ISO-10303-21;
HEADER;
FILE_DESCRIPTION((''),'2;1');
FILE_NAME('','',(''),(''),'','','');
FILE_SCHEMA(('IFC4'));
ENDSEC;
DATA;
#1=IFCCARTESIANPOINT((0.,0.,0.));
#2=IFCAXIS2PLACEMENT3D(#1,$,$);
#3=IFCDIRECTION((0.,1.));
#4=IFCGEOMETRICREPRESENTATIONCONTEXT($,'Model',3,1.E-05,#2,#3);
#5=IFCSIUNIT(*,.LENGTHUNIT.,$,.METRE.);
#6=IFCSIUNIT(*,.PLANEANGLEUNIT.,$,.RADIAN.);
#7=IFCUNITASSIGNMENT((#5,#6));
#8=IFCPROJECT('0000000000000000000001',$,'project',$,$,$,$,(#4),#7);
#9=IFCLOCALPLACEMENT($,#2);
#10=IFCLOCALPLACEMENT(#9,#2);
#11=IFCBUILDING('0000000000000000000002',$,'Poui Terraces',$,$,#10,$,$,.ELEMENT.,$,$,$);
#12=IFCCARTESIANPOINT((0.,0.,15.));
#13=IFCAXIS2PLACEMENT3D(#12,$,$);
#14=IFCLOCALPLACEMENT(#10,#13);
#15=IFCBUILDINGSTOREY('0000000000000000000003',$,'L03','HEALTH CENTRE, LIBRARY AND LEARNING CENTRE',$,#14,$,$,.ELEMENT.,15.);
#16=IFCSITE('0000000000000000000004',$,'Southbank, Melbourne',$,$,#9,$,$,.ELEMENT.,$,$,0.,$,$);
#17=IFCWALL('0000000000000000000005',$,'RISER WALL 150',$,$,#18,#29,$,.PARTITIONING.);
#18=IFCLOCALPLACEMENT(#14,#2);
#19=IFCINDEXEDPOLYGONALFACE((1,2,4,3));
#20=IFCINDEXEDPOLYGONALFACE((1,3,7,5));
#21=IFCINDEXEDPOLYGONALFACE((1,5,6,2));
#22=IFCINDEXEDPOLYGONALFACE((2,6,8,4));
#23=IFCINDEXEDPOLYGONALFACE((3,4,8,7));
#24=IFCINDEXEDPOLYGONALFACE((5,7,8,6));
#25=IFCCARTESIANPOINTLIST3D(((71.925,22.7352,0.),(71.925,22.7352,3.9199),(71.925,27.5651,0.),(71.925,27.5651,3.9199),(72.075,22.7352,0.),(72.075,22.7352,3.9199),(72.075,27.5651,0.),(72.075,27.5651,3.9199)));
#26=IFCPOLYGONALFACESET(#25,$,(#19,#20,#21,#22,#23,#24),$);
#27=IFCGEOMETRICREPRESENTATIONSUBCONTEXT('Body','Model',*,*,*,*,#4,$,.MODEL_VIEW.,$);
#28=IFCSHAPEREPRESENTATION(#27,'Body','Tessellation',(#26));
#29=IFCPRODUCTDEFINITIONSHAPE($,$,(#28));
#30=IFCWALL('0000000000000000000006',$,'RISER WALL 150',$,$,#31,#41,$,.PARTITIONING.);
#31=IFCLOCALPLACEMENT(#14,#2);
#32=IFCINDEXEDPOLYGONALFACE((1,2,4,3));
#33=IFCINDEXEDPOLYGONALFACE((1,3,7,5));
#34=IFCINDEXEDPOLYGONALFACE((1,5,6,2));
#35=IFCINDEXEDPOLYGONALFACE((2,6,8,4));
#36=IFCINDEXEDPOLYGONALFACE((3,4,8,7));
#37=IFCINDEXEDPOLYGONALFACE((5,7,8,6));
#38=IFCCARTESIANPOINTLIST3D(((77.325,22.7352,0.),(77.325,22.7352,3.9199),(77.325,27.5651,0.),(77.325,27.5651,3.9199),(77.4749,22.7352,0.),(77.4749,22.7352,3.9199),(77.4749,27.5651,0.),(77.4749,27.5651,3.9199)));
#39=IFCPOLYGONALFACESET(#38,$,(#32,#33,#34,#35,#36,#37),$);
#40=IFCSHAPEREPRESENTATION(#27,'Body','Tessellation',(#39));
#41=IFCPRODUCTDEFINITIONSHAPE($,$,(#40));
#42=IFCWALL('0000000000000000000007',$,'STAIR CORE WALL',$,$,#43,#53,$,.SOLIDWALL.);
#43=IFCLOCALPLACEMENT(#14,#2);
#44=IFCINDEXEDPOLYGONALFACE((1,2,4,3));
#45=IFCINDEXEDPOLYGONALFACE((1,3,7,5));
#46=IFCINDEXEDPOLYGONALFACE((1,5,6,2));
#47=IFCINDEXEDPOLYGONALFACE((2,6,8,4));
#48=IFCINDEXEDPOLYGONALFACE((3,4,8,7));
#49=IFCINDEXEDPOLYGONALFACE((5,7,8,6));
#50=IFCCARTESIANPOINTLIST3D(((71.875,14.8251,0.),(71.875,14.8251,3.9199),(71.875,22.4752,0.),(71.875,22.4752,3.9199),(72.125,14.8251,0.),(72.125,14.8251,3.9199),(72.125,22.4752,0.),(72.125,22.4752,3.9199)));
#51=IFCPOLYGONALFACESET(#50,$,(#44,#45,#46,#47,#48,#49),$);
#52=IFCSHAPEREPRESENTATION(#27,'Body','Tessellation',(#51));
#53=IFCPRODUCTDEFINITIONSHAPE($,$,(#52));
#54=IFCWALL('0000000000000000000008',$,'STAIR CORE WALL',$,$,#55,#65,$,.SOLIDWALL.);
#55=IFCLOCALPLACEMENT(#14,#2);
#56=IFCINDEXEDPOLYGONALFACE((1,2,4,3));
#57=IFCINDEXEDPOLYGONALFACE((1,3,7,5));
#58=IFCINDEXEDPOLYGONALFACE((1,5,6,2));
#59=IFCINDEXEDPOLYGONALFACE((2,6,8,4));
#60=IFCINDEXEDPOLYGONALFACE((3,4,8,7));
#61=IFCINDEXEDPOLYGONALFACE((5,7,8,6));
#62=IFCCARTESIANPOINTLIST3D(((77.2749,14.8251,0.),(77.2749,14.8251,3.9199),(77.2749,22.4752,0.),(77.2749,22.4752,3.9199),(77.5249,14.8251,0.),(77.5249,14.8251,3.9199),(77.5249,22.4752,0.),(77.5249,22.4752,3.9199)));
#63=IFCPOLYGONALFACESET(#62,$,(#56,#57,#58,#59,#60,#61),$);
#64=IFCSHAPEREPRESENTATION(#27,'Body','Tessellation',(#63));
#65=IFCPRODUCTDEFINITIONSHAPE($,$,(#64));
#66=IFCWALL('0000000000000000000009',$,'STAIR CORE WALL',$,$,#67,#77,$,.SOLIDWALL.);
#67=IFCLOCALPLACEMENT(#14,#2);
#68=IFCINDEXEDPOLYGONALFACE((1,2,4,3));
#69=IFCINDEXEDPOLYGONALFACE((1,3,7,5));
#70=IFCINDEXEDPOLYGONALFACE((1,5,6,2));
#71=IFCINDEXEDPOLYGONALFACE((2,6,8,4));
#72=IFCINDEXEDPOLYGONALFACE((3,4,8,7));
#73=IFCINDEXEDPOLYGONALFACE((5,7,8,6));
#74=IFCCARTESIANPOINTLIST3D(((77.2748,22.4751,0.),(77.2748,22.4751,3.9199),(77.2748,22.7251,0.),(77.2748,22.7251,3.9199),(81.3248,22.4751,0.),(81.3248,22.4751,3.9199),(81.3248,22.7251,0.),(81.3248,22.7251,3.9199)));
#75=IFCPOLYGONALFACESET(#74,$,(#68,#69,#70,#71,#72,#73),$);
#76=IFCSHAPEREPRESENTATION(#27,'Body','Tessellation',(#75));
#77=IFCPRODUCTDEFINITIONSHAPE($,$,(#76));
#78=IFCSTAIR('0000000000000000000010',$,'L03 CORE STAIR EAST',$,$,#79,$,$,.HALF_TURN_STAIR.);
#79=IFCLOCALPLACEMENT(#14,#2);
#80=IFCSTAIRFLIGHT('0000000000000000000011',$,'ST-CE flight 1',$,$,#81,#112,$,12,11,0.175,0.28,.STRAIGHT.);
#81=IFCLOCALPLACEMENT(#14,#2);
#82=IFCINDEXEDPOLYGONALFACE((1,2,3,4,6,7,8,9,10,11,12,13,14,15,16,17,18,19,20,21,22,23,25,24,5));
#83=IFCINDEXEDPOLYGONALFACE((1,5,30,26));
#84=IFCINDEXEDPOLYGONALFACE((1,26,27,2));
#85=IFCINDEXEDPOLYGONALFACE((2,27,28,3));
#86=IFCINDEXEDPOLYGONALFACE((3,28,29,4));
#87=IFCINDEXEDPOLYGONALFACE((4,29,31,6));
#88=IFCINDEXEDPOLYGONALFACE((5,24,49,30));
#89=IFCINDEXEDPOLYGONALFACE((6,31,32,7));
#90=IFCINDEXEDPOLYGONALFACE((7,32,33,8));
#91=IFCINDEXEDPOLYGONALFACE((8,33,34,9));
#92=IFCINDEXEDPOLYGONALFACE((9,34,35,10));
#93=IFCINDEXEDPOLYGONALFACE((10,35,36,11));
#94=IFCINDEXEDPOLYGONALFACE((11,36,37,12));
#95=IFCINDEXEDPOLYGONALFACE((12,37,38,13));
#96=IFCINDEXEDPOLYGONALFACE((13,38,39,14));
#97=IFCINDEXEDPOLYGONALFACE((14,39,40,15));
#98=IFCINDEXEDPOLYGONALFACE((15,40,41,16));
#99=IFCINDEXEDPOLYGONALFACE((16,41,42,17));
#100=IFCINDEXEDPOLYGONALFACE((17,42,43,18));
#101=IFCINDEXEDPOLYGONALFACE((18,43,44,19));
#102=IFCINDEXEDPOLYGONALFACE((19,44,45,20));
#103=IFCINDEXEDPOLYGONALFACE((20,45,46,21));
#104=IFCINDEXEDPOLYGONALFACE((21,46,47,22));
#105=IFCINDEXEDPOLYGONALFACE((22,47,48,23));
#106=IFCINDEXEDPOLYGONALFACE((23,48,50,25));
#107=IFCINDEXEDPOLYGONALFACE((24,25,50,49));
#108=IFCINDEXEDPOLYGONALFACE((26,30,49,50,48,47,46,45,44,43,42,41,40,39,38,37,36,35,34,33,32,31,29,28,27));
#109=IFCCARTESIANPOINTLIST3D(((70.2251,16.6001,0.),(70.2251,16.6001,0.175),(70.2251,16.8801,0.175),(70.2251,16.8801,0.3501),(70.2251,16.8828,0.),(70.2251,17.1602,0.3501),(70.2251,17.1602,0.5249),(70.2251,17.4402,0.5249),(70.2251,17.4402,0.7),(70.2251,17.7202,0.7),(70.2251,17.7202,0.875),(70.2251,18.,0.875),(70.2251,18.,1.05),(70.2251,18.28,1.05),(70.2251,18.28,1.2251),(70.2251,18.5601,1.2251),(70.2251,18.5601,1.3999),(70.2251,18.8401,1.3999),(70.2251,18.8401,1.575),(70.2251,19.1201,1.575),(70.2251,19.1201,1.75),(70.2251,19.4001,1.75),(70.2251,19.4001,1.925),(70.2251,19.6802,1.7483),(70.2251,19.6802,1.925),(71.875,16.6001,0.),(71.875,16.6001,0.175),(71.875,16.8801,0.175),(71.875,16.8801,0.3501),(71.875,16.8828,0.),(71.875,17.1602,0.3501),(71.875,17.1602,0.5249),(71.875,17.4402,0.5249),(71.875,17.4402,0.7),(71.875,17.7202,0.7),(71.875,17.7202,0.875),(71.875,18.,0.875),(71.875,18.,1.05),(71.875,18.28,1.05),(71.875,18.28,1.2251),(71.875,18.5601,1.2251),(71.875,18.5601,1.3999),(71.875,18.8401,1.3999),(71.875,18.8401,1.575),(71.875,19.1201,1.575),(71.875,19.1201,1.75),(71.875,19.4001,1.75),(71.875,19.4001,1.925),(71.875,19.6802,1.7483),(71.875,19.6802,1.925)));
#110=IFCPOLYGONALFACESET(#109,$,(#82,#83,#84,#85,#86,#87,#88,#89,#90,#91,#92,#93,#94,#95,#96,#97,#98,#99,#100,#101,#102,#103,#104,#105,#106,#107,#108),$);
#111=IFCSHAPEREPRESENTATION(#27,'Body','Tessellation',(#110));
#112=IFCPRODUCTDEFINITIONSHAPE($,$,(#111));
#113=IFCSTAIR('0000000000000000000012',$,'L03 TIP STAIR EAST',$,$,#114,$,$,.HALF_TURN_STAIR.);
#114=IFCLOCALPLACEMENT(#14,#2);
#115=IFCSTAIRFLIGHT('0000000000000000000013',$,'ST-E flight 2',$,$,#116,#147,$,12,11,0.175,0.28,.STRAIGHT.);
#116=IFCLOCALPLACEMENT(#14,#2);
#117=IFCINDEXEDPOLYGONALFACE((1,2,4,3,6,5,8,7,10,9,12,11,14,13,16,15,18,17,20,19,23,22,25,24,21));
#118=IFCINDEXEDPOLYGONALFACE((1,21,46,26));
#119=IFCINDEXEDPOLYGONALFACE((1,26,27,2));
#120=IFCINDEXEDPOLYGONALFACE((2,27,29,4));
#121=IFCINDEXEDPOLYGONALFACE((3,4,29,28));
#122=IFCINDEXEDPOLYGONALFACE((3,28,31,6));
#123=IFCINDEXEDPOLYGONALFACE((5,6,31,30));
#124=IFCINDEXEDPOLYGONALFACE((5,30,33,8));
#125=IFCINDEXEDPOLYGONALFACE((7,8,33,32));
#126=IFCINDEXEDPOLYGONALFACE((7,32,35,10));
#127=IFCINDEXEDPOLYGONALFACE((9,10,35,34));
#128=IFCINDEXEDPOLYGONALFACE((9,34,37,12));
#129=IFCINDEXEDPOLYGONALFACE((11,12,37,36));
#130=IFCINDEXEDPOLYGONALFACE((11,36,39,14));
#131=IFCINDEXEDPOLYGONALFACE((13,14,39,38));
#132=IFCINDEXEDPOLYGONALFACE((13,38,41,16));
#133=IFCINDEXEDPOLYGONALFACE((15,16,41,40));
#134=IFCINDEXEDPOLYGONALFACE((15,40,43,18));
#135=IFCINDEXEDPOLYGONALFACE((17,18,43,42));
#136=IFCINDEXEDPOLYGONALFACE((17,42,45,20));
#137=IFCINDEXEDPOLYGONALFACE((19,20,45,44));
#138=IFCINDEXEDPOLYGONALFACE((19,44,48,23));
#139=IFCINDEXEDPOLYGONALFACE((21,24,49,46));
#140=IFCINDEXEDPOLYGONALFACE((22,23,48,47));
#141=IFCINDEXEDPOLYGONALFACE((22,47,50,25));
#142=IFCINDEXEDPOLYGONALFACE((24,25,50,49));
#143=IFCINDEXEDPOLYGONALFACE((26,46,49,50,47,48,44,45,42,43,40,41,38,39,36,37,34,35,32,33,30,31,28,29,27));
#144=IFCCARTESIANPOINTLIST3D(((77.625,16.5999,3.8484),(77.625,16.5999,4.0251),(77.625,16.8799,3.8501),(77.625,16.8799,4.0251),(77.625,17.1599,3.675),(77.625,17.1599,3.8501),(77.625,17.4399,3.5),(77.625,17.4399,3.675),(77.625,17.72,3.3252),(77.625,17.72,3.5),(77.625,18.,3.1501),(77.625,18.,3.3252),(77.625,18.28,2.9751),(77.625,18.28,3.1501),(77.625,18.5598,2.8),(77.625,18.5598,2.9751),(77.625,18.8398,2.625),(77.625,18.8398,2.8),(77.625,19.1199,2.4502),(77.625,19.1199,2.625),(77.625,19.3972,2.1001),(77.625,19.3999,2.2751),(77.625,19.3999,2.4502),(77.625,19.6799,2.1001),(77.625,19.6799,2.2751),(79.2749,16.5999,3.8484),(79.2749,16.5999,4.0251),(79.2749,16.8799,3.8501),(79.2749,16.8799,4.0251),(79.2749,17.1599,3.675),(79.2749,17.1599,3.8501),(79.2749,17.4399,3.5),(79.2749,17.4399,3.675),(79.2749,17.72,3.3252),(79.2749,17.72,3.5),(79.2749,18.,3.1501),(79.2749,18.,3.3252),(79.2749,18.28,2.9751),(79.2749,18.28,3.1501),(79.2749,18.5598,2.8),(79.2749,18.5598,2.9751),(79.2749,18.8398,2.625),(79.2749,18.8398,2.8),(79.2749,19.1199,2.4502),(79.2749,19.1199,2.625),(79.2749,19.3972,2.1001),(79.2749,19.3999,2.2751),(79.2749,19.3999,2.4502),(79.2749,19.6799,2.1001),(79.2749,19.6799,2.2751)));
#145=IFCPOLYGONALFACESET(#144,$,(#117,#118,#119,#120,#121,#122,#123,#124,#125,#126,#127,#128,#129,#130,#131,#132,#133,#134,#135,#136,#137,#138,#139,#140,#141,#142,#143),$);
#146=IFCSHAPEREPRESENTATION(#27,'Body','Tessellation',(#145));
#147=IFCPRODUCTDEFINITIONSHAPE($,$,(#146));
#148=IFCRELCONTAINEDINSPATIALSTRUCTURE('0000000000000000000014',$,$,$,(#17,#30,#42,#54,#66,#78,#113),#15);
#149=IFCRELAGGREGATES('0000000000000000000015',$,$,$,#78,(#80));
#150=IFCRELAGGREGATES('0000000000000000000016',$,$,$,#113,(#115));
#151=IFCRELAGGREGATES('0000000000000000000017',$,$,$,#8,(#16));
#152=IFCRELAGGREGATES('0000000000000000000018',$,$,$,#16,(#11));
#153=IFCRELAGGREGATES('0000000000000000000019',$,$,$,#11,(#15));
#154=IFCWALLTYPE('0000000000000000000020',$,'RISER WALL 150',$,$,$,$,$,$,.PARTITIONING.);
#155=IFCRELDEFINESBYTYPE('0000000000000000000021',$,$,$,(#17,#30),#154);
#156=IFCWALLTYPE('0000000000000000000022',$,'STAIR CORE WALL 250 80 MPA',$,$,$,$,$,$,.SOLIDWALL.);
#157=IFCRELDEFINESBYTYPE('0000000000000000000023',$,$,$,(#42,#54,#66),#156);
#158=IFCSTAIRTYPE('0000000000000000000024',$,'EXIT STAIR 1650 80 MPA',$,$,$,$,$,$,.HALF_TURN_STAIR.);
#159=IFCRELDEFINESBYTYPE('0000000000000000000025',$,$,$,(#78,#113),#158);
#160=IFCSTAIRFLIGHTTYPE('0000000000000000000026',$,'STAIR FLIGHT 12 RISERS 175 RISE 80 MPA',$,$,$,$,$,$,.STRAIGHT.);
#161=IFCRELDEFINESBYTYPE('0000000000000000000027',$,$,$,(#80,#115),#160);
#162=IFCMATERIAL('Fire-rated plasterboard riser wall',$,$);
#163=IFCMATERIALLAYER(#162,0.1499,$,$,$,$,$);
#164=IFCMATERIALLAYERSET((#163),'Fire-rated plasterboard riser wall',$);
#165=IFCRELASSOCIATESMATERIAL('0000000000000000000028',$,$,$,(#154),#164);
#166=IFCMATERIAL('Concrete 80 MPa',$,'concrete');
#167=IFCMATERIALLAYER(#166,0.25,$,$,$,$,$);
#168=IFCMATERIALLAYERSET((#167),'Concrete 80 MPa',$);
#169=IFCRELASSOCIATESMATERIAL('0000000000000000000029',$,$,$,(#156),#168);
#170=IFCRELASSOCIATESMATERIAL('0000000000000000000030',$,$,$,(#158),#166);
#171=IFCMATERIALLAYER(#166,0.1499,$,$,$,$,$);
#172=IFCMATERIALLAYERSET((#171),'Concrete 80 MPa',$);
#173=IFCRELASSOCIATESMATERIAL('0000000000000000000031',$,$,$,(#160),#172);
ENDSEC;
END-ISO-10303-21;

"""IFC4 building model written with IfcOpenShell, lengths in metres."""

from ifc_helpers import new_model, si_unit, direction, frame, frame_2d, origin, place, context, subcontext, project, spatial, polyline, rectangle, outline, extrude, material, layer, layer_set, type_object, element, aggregate, save


model = new_model("IFC4")

# Units and contexts
model_context = context("Model", 3, precision=1e-05, world=origin(), true_north=direction((0.0, 1.0)))
body_context = subcontext(model_context, "Body", "Model", "MODEL_VIEW")
ifc_project = project(units=[si_unit("LENGTHUNIT", "METRE"), si_unit("PLANEANGLEUNIT", "RADIAN")], contexts=[model_context])

# Site, building, storey
site_placement = place(None, origin())
site = spatial("IfcSite", under=ifc_project, at=site_placement, Name="Southbank, Melbourne", CompositionType="ELEMENT", RefElevation=0.0)
building_placement = place(site_placement, origin())
building = spatial("IfcBuilding", under=site, at=building_placement, Name="Poui Terraces", CompositionType="ELEMENT")
storey_placement = place(building_placement, frame((0.0, 0.0, 15.0)))
storey = spatial("IfcBuildingStorey", under=building, at=storey_placement, Name="L03", Description="HEALTH CENTRE, LIBRARY AND LEARNING CENTRE", CompositionType="ELEMENT", Elevation=15.0)

# Shared definitions
ifc_material_1 = material(Name="Concrete 80 MPa", Category="concrete")

# Walls
ifc_material_2 = material(Name="Fire-rated plasterboard riser wall")
ifc_layer_1 = layer(ifc_material_2, 0.1499)
ifc_layer_set_1 = layer_set([ifc_layer_1], Name="Fire-rated plasterboard riser wall")
wall_type_1 = type_object("IfcWallType", Name="RISER WALL 150", PredefinedType="PARTITIONING", material=ifc_layer_set_1)
for number, where, z_axis, x_axis, name in (
    (1, (72.0, 22.7351, 0.0), (0.0, 0.0, 1.0), (0.0, 1.0, 0.0), "RISER WALL 150"),
    (2, (77.3999, 22.7351, 0.0), (0.0, 0.0, 1.0), (0.0, 1.0, 0.0), "RISER WALL 150"),
):
    element("IfcWall", number, at=place(storey_placement, frame(where, z_axis=z_axis, x_axis=x_axis)), inside=storey, type_object=wall_type_1, Name=name, PredefinedType="PARTITIONING", context=body_context, shape_type="SweptSolid", body=[
        extrude(rectangle(XDim=4.8298, YDim=0.1499, at=frame_2d((2.415, 0.0))), origin(), (0.0, 0.0, 1.0), 3.9199),
    ])
ifc_layer_2 = layer(ifc_material_1, 0.25)
ifc_layer_set_2 = layer_set([ifc_layer_2], Name="Concrete 80 MPa")
wall_type_2 = type_object("IfcWallType", Name="STAIR CORE WALL 250 80 MPA", PredefinedType="SOLIDWALL", material=ifc_layer_set_2)
for number, where, z_axis, x_axis, name in (
    (3, (72.0, 14.825, 0.0), (0.0, 0.0, 1.0), (0.0, 1.0, 0.0), "STAIR CORE WALL"),
    (4, (77.3999, 14.825, 0.0), (0.0, 0.0, 1.0), (0.0, 1.0, 0.0), "STAIR CORE WALL"),
):
    element("IfcWall", number, at=place(storey_placement, frame(where, z_axis=z_axis, x_axis=x_axis)), inside=storey, type_object=wall_type_2, Name=name, PredefinedType="SOLIDWALL", context=body_context, shape_type="SweptSolid", body=[
        extrude(rectangle(XDim=7.6501, YDim=0.25, at=frame_2d((3.8252, 0.0))), origin(), (0.0, 0.0, 1.0), 3.9199),
    ])
wall_1_placement = place(storey_placement, frame((77.2749, 22.6001, 0.0), z_axis=(0.0, 0.0, 1.0), x_axis=(1.0, 0.0, 0.0)))
element("IfcWall", 5, at=wall_1_placement, inside=storey, type_object=wall_type_2, Name="STAIR CORE WALL", PredefinedType="SOLIDWALL", context=body_context, shape_type="SweptSolid", body=[
    extrude(rectangle(XDim=4.05, YDim=0.25, at=frame_2d((2.0249, 0.0))), origin(), (0.0, 0.0, 1.0), 3.9199),
])

# Stairs, stair flights
stair_type = type_object("IfcStairType", Name="EXIT STAIR 1650 80 MPA", PredefinedType="HALF_TURN_STAIR", material=ifc_material_1)
stair_1_placement = place(storey_placement, origin())
stair_1 = element("IfcStair", 6, at=stair_1_placement, inside=storey, type_object=stair_type, Name="L03 CORE STAIR EAST", PredefinedType="HALF_TURN_STAIR")
ifc_layer_3 = layer(ifc_material_1, 0.1499)
ifc_layer_set_3 = layer_set([ifc_layer_3], Name="Concrete 80 MPa")
stair_flight_type = type_object("IfcStairFlightType", Name="STAIR FLIGHT 12 RISERS 175 RISE 80 MPA", PredefinedType="STRAIGHT", material=ifc_layer_set_3)
stair_flight_1_placement = place(storey_placement, frame((71.05, 16.6001, 0.0), z_axis=(0.0, 0.0, 1.0), x_axis=(0.0, 1.0, 0.0)))
stair_flight_1 = element("IfcStairFlight", 7, at=stair_flight_1_placement, type_object=stair_flight_type, Name="ST-CE flight 1", NumberOfRisers=12, NumberOfTreads=11, PredefinedType="STRAIGHT", RiserHeight=0.175, TreadLength=0.28, context=body_context, shape_type="SweptSolid", body=[
    extrude(outline(polyline([(0.0, 0.0), (0.0, 0.175), (0.28, 0.175), (0.28, 0.3501), (0.5601, 0.3501), (0.5601, 0.5249), (0.8401, 0.5249), (0.8401, 0.7), (1.1201, 0.7), (1.1201, 0.875), (1.3999, 0.875), (1.3999, 1.05), (1.6799, 1.05), (1.6799, 1.2251), (1.96, 1.2251), (1.96, 1.3999), (2.24, 1.3999), (2.24, 1.575), (2.52, 1.575), (2.52, 1.75), (2.8, 1.75), (2.8, 1.925), (3.0801, 1.925), (3.0801, 2.1001), (3.0801, 1.7483), (0.2827, 0.0), (0.0, 0.0)])), frame((0.0, 0.825, 0.0), z_axis=(0.0, -1.0, 0.0), x_axis=(1.0, 0.0, 0.0)), (0.0, 0.0, 1.0), 1.6499),
])
aggregate(stair_1, [stair_flight_1])
stair_2_placement = place(storey_placement, origin())
stair_2 = element("IfcStair", 8, at=stair_2_placement, inside=storey, type_object=stair_type, Name="L03 TIP STAIR EAST", PredefinedType="HALF_TURN_STAIR")
stair_flight_2_placement = place(storey_placement, frame((78.45, 19.6799, 2.1001), z_axis=(0.0, 0.0, 1.0), x_axis=(0.0, -1.0, 0.0)))
stair_flight_2 = element("IfcStairFlight", 9, at=stair_flight_2_placement, type_object=stair_flight_type, Name="ST-E flight 2", NumberOfRisers=12, NumberOfTreads=11, PredefinedType="STRAIGHT", RiserHeight=0.175, TreadLength=0.28, context=body_context, shape_type="SweptSolid", body=[
    extrude(outline(polyline([(0.0, 0.0), (0.0, 0.175), (0.28, 0.175), (0.28, 0.3501), (0.5601, 0.3501), (0.5601, 0.5249), (0.8401, 0.5249), (0.8401, 0.7), (1.1201, 0.7), (1.1201, 0.875), (1.3999, 0.875), (1.3999, 1.05), (1.6799, 1.05), (1.6799, 1.2251), (1.96, 1.2251), (1.96, 1.3999), (2.24, 1.3999), (2.24, 1.575), (2.52, 1.575), (2.52, 1.75), (2.8, 1.75), (2.8, 1.925), (3.0801, 1.925), (3.0801, 2.1001), (3.0801, 1.7483), (0.2827, 0.0), (0.0, 0.0)])), frame((0.0, 0.825, 0.0), z_axis=(0.0, -1.0, 0.0), x_axis=(1.0, 0.0, 0.0)), (0.0, 0.0, 1.0), 1.6499),
])
aggregate(stair_2, [stair_flight_2])

save(model, "model.ifc")
